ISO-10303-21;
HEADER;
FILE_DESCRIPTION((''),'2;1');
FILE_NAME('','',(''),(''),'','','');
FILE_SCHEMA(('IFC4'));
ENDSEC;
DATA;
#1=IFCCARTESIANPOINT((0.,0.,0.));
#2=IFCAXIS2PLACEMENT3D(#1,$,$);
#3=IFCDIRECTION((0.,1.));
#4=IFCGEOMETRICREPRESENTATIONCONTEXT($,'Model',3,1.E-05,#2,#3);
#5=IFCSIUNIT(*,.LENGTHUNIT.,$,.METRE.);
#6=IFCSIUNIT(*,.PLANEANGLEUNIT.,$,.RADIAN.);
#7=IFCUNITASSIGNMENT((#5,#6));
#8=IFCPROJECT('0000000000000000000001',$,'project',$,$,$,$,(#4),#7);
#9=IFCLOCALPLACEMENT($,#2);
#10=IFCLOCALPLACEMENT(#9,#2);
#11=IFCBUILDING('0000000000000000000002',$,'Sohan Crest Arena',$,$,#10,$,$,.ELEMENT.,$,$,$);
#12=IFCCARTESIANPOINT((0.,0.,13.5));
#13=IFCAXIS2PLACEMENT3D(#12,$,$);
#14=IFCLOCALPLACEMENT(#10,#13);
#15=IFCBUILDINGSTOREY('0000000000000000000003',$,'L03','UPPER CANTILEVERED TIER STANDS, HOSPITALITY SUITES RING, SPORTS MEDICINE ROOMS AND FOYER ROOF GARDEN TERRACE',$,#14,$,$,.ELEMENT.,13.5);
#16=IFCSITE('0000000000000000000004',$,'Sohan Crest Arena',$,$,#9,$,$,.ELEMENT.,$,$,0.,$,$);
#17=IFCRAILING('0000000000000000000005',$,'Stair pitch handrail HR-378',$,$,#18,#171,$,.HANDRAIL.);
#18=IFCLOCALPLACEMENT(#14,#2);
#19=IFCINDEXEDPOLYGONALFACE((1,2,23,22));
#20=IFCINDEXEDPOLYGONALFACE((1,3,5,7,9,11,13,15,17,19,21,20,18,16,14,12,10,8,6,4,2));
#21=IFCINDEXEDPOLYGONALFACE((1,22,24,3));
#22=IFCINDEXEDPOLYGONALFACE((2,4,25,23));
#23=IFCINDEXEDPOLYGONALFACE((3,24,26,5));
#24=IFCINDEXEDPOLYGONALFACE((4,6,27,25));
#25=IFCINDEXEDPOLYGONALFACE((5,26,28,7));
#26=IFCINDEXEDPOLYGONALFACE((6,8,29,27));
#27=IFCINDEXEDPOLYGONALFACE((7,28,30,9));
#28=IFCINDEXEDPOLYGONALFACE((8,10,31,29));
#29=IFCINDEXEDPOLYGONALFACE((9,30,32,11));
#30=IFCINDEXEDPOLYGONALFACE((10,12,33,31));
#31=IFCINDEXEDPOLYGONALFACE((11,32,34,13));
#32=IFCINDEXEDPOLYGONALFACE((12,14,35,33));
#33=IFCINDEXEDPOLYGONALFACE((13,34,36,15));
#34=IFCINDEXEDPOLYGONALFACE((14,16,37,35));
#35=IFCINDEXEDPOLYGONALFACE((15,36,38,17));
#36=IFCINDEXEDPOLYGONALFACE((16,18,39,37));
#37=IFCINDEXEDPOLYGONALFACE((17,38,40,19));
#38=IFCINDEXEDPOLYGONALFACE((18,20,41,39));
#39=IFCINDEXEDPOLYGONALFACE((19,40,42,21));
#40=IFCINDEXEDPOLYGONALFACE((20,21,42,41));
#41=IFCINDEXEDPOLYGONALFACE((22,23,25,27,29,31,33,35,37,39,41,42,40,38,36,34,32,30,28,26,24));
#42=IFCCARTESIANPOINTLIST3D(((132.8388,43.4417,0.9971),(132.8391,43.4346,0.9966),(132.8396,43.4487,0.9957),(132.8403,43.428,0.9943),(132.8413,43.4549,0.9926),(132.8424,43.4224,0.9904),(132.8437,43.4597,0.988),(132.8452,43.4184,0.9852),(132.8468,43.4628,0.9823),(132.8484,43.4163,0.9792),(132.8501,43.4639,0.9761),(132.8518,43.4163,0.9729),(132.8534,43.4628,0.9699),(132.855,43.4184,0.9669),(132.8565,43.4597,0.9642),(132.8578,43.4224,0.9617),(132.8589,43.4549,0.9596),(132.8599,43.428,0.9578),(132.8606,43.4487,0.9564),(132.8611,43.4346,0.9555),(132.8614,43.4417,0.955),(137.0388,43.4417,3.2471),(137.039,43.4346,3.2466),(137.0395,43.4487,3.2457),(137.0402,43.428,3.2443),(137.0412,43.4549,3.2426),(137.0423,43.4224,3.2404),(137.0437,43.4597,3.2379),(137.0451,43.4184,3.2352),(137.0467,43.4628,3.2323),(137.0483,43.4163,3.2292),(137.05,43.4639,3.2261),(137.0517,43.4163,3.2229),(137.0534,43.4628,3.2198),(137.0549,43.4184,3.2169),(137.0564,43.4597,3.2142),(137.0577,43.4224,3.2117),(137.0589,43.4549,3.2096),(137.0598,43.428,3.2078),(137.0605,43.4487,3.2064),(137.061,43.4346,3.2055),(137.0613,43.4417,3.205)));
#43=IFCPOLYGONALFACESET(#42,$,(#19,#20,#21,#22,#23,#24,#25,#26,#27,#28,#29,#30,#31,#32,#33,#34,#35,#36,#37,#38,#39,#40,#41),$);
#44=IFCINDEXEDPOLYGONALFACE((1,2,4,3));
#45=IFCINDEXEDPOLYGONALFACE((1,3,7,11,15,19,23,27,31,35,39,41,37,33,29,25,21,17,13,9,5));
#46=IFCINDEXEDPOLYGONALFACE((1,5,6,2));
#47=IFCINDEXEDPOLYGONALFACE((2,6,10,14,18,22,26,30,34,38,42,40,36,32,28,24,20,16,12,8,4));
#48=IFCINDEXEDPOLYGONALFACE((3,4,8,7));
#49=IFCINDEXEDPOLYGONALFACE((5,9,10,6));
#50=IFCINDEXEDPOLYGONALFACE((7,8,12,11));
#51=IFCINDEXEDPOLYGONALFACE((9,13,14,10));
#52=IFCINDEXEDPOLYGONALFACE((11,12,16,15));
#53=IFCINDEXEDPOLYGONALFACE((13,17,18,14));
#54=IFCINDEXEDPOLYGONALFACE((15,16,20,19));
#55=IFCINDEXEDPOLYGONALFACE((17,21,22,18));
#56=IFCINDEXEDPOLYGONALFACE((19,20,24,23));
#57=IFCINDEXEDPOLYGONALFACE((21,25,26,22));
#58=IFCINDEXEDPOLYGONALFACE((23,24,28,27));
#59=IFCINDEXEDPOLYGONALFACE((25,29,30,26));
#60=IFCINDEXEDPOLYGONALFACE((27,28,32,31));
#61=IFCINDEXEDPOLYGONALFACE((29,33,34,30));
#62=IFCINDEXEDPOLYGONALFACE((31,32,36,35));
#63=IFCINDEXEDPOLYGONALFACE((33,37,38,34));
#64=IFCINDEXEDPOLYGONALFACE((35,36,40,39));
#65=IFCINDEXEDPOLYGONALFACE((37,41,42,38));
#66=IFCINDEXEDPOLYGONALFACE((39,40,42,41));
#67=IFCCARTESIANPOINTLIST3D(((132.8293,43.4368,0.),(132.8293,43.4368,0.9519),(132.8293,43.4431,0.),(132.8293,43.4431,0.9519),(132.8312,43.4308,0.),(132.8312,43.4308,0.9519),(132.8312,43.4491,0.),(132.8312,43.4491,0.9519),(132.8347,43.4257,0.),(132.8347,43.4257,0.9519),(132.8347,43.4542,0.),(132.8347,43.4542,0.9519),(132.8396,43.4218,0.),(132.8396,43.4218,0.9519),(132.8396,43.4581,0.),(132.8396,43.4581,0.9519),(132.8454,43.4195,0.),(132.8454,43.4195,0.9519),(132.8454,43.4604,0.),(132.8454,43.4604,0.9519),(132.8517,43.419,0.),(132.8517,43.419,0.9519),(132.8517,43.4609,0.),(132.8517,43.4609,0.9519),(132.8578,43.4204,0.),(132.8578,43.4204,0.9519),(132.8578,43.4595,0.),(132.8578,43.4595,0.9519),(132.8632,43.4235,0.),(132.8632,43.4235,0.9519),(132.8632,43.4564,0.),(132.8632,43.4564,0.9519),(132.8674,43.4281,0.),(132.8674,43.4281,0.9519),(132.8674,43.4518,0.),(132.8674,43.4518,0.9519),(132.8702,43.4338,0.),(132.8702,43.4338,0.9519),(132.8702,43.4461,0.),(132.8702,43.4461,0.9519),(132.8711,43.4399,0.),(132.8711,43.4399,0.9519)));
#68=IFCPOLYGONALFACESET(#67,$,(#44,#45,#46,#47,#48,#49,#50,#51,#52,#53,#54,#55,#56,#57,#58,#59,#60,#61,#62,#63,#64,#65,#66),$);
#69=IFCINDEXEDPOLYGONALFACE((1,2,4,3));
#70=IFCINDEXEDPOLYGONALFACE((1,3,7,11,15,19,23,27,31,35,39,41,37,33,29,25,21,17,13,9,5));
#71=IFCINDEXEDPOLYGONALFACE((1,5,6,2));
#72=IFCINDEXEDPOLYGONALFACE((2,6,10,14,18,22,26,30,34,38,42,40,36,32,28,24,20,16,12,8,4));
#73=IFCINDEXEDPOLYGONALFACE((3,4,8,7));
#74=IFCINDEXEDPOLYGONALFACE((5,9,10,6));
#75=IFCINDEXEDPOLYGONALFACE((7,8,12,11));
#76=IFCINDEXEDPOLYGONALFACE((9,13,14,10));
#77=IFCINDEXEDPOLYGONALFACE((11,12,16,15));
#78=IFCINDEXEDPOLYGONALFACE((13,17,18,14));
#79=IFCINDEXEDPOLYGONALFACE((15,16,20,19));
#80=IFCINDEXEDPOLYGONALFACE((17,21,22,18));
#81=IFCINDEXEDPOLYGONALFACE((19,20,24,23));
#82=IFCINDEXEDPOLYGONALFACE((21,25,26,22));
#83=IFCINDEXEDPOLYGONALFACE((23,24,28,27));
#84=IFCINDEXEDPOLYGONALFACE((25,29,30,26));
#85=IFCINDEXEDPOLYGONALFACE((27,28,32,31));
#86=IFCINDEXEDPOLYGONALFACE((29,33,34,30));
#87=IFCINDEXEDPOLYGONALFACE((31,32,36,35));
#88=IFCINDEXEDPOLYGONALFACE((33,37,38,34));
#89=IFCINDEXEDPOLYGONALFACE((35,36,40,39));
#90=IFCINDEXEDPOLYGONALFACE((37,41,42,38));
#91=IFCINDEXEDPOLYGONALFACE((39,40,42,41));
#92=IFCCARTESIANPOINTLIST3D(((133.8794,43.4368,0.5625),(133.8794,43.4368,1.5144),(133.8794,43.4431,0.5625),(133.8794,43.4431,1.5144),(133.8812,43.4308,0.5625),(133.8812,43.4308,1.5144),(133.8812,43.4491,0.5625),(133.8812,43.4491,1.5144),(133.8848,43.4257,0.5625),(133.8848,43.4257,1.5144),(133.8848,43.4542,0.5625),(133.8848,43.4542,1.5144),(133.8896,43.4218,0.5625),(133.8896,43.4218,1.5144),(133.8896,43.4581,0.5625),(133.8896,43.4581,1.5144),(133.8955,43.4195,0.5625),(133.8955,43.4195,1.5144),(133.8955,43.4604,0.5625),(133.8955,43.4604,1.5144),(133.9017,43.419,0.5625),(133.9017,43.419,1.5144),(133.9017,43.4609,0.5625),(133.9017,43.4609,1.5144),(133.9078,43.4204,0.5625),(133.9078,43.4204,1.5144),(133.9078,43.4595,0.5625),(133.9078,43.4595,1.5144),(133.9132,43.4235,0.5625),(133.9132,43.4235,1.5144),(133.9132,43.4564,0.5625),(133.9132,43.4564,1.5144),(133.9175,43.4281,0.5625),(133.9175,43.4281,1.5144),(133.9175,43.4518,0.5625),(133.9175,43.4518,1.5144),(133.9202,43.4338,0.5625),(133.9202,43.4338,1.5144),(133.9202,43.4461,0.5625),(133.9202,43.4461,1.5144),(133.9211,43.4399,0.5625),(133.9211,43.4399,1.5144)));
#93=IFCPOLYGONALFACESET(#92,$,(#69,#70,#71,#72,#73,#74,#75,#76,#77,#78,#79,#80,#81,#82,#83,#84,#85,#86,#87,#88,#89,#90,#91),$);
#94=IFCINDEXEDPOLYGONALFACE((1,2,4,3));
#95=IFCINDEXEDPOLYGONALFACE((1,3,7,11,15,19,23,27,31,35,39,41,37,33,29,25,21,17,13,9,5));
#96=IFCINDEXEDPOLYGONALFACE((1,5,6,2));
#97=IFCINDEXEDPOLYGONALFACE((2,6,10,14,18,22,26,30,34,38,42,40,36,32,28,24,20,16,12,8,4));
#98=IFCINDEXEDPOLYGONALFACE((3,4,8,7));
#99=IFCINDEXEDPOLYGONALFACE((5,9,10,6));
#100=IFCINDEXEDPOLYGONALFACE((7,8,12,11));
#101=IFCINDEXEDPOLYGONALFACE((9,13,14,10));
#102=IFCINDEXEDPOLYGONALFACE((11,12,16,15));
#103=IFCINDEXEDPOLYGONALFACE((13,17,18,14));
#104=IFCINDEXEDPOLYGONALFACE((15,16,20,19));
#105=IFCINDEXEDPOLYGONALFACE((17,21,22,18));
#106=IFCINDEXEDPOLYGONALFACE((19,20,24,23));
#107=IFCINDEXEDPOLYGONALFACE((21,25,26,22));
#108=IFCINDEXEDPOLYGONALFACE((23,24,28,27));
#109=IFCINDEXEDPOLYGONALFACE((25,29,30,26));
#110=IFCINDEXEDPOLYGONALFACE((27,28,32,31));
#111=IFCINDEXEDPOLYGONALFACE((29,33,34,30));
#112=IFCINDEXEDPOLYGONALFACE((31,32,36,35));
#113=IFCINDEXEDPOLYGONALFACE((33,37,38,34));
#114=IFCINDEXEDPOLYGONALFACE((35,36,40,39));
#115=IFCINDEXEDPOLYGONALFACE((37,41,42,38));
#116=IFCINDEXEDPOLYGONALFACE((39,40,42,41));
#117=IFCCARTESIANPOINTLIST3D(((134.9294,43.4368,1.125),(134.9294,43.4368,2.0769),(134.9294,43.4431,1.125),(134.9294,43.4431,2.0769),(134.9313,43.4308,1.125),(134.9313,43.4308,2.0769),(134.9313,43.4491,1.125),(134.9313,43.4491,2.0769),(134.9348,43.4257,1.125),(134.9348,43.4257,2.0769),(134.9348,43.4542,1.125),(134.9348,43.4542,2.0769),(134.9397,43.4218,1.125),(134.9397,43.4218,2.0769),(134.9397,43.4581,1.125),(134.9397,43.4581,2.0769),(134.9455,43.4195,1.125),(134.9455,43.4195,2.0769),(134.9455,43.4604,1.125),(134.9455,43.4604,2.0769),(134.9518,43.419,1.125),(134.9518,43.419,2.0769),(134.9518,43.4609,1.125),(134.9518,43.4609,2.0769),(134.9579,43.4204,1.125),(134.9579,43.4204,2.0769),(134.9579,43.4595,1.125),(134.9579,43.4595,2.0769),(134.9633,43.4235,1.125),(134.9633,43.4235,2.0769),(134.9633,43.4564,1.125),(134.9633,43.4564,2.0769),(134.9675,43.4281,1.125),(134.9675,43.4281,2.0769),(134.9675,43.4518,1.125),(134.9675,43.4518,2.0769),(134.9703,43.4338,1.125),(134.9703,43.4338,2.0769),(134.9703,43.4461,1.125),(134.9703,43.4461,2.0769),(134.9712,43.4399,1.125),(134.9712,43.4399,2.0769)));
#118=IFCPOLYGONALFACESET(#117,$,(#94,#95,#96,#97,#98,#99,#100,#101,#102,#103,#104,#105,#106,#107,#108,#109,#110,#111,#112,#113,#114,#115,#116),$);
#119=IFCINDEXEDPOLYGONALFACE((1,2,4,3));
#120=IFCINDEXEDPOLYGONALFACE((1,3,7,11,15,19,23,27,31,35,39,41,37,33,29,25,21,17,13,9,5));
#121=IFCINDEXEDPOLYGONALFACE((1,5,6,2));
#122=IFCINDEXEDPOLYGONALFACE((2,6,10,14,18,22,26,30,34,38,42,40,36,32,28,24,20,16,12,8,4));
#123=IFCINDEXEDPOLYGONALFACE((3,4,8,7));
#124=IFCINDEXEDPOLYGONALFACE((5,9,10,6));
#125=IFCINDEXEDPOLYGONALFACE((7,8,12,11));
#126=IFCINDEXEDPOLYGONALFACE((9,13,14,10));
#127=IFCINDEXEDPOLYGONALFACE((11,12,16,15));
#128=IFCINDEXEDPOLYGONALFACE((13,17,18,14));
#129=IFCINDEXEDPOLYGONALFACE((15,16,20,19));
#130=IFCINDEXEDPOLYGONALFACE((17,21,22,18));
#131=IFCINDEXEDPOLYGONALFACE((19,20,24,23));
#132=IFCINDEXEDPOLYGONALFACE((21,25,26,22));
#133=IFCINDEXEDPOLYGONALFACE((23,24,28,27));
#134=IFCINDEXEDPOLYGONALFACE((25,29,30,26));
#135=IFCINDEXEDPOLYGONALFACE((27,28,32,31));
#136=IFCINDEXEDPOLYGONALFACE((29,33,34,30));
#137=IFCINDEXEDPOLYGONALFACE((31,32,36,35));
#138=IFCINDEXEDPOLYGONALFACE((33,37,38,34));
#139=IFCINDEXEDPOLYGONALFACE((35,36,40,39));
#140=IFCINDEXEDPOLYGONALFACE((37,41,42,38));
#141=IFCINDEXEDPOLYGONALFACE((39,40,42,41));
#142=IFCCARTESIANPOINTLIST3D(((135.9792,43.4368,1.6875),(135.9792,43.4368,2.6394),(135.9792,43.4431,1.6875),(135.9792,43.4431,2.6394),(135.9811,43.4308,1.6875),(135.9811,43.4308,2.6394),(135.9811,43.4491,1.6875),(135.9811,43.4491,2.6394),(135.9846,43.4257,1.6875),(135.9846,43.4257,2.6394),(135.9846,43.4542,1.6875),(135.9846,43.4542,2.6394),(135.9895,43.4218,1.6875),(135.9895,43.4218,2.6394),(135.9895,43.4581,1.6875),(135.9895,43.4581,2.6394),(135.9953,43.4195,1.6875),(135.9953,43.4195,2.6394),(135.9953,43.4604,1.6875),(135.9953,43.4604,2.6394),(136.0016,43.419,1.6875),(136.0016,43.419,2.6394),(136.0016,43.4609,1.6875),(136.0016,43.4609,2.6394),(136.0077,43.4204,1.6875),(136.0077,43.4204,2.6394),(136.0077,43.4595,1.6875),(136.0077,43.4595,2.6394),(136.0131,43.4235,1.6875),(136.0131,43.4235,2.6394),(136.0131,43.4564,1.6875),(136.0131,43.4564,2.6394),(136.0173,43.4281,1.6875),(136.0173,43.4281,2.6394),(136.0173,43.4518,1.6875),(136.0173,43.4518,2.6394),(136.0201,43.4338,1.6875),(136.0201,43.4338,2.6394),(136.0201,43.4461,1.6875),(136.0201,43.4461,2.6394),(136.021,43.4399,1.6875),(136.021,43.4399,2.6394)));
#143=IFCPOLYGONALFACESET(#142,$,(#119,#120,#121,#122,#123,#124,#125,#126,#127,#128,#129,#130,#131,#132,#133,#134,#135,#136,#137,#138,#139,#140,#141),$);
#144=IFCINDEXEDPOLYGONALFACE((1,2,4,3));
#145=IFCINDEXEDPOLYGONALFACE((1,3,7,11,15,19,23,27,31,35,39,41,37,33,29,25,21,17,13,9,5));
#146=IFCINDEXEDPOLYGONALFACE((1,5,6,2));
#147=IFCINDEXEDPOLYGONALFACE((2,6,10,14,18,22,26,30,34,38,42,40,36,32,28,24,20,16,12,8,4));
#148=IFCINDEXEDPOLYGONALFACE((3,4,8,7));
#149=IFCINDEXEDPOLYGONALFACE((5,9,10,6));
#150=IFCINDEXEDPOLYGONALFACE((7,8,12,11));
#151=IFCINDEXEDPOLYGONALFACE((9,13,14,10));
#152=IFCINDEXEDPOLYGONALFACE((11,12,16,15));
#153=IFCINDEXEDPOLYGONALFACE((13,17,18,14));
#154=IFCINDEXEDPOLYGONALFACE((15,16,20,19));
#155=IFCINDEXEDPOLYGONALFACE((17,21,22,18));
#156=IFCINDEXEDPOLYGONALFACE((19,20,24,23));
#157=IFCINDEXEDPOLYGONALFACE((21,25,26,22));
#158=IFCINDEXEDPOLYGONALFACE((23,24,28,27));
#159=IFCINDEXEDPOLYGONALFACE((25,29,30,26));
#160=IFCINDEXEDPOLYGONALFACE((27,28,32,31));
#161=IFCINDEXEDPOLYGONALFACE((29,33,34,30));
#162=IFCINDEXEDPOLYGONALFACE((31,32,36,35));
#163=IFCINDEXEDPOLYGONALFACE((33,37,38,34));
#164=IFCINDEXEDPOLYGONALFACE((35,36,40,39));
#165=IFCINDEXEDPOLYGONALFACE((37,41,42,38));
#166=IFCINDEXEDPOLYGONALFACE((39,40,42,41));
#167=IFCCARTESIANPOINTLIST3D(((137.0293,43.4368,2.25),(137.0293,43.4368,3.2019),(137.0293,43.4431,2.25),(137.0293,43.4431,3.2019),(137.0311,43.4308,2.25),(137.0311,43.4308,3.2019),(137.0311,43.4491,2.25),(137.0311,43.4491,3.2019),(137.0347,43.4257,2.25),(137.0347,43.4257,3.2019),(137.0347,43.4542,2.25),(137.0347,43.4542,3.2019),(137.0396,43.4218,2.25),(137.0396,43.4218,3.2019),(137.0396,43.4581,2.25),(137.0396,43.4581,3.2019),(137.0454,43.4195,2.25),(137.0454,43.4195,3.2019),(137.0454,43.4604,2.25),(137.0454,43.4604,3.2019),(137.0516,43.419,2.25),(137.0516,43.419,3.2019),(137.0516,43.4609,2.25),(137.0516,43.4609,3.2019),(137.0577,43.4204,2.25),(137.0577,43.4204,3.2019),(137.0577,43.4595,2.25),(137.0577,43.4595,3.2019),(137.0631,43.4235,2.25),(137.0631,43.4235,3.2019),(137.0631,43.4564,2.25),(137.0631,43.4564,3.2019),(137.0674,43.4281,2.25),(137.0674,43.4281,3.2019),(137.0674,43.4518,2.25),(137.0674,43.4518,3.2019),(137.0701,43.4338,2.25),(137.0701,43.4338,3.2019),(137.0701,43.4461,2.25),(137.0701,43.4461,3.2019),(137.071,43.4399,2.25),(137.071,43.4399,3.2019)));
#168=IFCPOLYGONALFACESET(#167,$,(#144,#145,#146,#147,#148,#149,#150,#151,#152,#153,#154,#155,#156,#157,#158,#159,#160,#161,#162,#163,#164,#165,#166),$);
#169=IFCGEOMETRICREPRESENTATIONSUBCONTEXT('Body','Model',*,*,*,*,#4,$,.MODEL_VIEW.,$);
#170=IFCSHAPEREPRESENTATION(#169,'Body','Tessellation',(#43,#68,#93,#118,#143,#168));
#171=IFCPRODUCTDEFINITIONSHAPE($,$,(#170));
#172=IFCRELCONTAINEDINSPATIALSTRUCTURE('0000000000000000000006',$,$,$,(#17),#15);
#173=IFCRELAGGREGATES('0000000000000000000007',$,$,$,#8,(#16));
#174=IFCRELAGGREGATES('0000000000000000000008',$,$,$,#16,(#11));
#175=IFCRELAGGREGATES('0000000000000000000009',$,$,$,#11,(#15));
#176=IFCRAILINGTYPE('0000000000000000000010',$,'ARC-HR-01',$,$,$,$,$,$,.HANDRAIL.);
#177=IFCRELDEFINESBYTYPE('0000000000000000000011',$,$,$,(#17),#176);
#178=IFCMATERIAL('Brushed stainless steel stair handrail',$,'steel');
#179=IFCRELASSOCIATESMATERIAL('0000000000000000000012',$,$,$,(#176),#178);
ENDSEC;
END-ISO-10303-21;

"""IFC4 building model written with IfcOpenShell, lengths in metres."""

from ifc_helpers import new_model, si_unit, direction, frame, origin, origin_2d, place, context, subcontext, project, spatial, circle, extrude, material, type_object, element, save


model = new_model("IFC4")

# Units and contexts
model_context = context("Model", 3, precision=1e-05, world=origin(), true_north=direction((0.0, 1.0)))
body_context = subcontext(model_context, "Body", "Model", "MODEL_VIEW")
ifc_project = project(units=[si_unit("LENGTHUNIT", "METRE"), si_unit("PLANEANGLEUNIT", "RADIAN")], contexts=[model_context])

# Site, building, storey
site_placement = place(None, origin())
site = spatial("IfcSite", under=ifc_project, at=site_placement, Name="Sohan Crest Arena", CompositionType="ELEMENT", RefElevation=0.0)
building_placement = place(site_placement, origin())
building = spatial("IfcBuilding", under=site, at=building_placement, Name="Sohan Crest Arena", CompositionType="ELEMENT")
storey_placement = place(building_placement, frame((0.0, 0.0, 13.5)))
storey = spatial("IfcBuildingStorey", under=building, at=storey_placement, Name="L03", Description="UPPER CANTILEVERED TIER STANDS, HOSPITALITY SUITES RING, SPORTS MEDICINE ROOMS AND FOYER ROOF GARDEN TERRACE", CompositionType="ELEMENT", Elevation=13.5)

# Railing
ifc_material_1 = material(Name="Brushed stainless steel stair handrail", Category="steel")
railing_type_1 = type_object("IfcRailingType", Name="ARC-HR-01", PredefinedType="HANDRAIL", material=ifc_material_1)
for number, where, name in (
    (1, (132.8501, 43.4399, 0.0), "Stair pitch handrail HR-378"),
):
    element("IfcRailing", number, at=place(storey_placement, frame(where)), inside=storey, type_object=railing_type_1, Name=name, PredefinedType="HANDRAIL", context=body_context, shape_type="SweptSolid", body=[
        extrude(circle(Radius=0.0239, at=origin_2d()), frame((0.0, 0.0, 0.9761), z_axis=(0.881478, 0.0, 0.472226), x_axis=(0.0, 1.0, 0.0)), (0.0, 0.0, 1.0), 4.7646),
        extrude(circle(Radius=0.021, at=origin_2d()), origin(), (0.0, 0.0, 1.0), 0.9519),
        extrude(circle(Radius=0.021, at=origin_2d()), frame((1.05, 0.0, 0.5625)), (0.0, 0.0, 1.0), 0.9519),
        extrude(circle(Radius=0.021, at=origin_2d()), frame((2.1001, 0.0, 1.125)), (0.0, 0.0, 1.0), 0.9519),
        extrude(circle(Radius=0.021, at=origin_2d()), frame((3.1499, 0.0, 1.6875)), (0.0, 0.0, 1.0), 0.9519),
        extrude(circle(Radius=0.021, at=origin_2d()), frame((4.2, 0.0, 2.25)), (0.0, 0.0, 1.0), 0.9519),
    ])

save(model, "model.ifc")
